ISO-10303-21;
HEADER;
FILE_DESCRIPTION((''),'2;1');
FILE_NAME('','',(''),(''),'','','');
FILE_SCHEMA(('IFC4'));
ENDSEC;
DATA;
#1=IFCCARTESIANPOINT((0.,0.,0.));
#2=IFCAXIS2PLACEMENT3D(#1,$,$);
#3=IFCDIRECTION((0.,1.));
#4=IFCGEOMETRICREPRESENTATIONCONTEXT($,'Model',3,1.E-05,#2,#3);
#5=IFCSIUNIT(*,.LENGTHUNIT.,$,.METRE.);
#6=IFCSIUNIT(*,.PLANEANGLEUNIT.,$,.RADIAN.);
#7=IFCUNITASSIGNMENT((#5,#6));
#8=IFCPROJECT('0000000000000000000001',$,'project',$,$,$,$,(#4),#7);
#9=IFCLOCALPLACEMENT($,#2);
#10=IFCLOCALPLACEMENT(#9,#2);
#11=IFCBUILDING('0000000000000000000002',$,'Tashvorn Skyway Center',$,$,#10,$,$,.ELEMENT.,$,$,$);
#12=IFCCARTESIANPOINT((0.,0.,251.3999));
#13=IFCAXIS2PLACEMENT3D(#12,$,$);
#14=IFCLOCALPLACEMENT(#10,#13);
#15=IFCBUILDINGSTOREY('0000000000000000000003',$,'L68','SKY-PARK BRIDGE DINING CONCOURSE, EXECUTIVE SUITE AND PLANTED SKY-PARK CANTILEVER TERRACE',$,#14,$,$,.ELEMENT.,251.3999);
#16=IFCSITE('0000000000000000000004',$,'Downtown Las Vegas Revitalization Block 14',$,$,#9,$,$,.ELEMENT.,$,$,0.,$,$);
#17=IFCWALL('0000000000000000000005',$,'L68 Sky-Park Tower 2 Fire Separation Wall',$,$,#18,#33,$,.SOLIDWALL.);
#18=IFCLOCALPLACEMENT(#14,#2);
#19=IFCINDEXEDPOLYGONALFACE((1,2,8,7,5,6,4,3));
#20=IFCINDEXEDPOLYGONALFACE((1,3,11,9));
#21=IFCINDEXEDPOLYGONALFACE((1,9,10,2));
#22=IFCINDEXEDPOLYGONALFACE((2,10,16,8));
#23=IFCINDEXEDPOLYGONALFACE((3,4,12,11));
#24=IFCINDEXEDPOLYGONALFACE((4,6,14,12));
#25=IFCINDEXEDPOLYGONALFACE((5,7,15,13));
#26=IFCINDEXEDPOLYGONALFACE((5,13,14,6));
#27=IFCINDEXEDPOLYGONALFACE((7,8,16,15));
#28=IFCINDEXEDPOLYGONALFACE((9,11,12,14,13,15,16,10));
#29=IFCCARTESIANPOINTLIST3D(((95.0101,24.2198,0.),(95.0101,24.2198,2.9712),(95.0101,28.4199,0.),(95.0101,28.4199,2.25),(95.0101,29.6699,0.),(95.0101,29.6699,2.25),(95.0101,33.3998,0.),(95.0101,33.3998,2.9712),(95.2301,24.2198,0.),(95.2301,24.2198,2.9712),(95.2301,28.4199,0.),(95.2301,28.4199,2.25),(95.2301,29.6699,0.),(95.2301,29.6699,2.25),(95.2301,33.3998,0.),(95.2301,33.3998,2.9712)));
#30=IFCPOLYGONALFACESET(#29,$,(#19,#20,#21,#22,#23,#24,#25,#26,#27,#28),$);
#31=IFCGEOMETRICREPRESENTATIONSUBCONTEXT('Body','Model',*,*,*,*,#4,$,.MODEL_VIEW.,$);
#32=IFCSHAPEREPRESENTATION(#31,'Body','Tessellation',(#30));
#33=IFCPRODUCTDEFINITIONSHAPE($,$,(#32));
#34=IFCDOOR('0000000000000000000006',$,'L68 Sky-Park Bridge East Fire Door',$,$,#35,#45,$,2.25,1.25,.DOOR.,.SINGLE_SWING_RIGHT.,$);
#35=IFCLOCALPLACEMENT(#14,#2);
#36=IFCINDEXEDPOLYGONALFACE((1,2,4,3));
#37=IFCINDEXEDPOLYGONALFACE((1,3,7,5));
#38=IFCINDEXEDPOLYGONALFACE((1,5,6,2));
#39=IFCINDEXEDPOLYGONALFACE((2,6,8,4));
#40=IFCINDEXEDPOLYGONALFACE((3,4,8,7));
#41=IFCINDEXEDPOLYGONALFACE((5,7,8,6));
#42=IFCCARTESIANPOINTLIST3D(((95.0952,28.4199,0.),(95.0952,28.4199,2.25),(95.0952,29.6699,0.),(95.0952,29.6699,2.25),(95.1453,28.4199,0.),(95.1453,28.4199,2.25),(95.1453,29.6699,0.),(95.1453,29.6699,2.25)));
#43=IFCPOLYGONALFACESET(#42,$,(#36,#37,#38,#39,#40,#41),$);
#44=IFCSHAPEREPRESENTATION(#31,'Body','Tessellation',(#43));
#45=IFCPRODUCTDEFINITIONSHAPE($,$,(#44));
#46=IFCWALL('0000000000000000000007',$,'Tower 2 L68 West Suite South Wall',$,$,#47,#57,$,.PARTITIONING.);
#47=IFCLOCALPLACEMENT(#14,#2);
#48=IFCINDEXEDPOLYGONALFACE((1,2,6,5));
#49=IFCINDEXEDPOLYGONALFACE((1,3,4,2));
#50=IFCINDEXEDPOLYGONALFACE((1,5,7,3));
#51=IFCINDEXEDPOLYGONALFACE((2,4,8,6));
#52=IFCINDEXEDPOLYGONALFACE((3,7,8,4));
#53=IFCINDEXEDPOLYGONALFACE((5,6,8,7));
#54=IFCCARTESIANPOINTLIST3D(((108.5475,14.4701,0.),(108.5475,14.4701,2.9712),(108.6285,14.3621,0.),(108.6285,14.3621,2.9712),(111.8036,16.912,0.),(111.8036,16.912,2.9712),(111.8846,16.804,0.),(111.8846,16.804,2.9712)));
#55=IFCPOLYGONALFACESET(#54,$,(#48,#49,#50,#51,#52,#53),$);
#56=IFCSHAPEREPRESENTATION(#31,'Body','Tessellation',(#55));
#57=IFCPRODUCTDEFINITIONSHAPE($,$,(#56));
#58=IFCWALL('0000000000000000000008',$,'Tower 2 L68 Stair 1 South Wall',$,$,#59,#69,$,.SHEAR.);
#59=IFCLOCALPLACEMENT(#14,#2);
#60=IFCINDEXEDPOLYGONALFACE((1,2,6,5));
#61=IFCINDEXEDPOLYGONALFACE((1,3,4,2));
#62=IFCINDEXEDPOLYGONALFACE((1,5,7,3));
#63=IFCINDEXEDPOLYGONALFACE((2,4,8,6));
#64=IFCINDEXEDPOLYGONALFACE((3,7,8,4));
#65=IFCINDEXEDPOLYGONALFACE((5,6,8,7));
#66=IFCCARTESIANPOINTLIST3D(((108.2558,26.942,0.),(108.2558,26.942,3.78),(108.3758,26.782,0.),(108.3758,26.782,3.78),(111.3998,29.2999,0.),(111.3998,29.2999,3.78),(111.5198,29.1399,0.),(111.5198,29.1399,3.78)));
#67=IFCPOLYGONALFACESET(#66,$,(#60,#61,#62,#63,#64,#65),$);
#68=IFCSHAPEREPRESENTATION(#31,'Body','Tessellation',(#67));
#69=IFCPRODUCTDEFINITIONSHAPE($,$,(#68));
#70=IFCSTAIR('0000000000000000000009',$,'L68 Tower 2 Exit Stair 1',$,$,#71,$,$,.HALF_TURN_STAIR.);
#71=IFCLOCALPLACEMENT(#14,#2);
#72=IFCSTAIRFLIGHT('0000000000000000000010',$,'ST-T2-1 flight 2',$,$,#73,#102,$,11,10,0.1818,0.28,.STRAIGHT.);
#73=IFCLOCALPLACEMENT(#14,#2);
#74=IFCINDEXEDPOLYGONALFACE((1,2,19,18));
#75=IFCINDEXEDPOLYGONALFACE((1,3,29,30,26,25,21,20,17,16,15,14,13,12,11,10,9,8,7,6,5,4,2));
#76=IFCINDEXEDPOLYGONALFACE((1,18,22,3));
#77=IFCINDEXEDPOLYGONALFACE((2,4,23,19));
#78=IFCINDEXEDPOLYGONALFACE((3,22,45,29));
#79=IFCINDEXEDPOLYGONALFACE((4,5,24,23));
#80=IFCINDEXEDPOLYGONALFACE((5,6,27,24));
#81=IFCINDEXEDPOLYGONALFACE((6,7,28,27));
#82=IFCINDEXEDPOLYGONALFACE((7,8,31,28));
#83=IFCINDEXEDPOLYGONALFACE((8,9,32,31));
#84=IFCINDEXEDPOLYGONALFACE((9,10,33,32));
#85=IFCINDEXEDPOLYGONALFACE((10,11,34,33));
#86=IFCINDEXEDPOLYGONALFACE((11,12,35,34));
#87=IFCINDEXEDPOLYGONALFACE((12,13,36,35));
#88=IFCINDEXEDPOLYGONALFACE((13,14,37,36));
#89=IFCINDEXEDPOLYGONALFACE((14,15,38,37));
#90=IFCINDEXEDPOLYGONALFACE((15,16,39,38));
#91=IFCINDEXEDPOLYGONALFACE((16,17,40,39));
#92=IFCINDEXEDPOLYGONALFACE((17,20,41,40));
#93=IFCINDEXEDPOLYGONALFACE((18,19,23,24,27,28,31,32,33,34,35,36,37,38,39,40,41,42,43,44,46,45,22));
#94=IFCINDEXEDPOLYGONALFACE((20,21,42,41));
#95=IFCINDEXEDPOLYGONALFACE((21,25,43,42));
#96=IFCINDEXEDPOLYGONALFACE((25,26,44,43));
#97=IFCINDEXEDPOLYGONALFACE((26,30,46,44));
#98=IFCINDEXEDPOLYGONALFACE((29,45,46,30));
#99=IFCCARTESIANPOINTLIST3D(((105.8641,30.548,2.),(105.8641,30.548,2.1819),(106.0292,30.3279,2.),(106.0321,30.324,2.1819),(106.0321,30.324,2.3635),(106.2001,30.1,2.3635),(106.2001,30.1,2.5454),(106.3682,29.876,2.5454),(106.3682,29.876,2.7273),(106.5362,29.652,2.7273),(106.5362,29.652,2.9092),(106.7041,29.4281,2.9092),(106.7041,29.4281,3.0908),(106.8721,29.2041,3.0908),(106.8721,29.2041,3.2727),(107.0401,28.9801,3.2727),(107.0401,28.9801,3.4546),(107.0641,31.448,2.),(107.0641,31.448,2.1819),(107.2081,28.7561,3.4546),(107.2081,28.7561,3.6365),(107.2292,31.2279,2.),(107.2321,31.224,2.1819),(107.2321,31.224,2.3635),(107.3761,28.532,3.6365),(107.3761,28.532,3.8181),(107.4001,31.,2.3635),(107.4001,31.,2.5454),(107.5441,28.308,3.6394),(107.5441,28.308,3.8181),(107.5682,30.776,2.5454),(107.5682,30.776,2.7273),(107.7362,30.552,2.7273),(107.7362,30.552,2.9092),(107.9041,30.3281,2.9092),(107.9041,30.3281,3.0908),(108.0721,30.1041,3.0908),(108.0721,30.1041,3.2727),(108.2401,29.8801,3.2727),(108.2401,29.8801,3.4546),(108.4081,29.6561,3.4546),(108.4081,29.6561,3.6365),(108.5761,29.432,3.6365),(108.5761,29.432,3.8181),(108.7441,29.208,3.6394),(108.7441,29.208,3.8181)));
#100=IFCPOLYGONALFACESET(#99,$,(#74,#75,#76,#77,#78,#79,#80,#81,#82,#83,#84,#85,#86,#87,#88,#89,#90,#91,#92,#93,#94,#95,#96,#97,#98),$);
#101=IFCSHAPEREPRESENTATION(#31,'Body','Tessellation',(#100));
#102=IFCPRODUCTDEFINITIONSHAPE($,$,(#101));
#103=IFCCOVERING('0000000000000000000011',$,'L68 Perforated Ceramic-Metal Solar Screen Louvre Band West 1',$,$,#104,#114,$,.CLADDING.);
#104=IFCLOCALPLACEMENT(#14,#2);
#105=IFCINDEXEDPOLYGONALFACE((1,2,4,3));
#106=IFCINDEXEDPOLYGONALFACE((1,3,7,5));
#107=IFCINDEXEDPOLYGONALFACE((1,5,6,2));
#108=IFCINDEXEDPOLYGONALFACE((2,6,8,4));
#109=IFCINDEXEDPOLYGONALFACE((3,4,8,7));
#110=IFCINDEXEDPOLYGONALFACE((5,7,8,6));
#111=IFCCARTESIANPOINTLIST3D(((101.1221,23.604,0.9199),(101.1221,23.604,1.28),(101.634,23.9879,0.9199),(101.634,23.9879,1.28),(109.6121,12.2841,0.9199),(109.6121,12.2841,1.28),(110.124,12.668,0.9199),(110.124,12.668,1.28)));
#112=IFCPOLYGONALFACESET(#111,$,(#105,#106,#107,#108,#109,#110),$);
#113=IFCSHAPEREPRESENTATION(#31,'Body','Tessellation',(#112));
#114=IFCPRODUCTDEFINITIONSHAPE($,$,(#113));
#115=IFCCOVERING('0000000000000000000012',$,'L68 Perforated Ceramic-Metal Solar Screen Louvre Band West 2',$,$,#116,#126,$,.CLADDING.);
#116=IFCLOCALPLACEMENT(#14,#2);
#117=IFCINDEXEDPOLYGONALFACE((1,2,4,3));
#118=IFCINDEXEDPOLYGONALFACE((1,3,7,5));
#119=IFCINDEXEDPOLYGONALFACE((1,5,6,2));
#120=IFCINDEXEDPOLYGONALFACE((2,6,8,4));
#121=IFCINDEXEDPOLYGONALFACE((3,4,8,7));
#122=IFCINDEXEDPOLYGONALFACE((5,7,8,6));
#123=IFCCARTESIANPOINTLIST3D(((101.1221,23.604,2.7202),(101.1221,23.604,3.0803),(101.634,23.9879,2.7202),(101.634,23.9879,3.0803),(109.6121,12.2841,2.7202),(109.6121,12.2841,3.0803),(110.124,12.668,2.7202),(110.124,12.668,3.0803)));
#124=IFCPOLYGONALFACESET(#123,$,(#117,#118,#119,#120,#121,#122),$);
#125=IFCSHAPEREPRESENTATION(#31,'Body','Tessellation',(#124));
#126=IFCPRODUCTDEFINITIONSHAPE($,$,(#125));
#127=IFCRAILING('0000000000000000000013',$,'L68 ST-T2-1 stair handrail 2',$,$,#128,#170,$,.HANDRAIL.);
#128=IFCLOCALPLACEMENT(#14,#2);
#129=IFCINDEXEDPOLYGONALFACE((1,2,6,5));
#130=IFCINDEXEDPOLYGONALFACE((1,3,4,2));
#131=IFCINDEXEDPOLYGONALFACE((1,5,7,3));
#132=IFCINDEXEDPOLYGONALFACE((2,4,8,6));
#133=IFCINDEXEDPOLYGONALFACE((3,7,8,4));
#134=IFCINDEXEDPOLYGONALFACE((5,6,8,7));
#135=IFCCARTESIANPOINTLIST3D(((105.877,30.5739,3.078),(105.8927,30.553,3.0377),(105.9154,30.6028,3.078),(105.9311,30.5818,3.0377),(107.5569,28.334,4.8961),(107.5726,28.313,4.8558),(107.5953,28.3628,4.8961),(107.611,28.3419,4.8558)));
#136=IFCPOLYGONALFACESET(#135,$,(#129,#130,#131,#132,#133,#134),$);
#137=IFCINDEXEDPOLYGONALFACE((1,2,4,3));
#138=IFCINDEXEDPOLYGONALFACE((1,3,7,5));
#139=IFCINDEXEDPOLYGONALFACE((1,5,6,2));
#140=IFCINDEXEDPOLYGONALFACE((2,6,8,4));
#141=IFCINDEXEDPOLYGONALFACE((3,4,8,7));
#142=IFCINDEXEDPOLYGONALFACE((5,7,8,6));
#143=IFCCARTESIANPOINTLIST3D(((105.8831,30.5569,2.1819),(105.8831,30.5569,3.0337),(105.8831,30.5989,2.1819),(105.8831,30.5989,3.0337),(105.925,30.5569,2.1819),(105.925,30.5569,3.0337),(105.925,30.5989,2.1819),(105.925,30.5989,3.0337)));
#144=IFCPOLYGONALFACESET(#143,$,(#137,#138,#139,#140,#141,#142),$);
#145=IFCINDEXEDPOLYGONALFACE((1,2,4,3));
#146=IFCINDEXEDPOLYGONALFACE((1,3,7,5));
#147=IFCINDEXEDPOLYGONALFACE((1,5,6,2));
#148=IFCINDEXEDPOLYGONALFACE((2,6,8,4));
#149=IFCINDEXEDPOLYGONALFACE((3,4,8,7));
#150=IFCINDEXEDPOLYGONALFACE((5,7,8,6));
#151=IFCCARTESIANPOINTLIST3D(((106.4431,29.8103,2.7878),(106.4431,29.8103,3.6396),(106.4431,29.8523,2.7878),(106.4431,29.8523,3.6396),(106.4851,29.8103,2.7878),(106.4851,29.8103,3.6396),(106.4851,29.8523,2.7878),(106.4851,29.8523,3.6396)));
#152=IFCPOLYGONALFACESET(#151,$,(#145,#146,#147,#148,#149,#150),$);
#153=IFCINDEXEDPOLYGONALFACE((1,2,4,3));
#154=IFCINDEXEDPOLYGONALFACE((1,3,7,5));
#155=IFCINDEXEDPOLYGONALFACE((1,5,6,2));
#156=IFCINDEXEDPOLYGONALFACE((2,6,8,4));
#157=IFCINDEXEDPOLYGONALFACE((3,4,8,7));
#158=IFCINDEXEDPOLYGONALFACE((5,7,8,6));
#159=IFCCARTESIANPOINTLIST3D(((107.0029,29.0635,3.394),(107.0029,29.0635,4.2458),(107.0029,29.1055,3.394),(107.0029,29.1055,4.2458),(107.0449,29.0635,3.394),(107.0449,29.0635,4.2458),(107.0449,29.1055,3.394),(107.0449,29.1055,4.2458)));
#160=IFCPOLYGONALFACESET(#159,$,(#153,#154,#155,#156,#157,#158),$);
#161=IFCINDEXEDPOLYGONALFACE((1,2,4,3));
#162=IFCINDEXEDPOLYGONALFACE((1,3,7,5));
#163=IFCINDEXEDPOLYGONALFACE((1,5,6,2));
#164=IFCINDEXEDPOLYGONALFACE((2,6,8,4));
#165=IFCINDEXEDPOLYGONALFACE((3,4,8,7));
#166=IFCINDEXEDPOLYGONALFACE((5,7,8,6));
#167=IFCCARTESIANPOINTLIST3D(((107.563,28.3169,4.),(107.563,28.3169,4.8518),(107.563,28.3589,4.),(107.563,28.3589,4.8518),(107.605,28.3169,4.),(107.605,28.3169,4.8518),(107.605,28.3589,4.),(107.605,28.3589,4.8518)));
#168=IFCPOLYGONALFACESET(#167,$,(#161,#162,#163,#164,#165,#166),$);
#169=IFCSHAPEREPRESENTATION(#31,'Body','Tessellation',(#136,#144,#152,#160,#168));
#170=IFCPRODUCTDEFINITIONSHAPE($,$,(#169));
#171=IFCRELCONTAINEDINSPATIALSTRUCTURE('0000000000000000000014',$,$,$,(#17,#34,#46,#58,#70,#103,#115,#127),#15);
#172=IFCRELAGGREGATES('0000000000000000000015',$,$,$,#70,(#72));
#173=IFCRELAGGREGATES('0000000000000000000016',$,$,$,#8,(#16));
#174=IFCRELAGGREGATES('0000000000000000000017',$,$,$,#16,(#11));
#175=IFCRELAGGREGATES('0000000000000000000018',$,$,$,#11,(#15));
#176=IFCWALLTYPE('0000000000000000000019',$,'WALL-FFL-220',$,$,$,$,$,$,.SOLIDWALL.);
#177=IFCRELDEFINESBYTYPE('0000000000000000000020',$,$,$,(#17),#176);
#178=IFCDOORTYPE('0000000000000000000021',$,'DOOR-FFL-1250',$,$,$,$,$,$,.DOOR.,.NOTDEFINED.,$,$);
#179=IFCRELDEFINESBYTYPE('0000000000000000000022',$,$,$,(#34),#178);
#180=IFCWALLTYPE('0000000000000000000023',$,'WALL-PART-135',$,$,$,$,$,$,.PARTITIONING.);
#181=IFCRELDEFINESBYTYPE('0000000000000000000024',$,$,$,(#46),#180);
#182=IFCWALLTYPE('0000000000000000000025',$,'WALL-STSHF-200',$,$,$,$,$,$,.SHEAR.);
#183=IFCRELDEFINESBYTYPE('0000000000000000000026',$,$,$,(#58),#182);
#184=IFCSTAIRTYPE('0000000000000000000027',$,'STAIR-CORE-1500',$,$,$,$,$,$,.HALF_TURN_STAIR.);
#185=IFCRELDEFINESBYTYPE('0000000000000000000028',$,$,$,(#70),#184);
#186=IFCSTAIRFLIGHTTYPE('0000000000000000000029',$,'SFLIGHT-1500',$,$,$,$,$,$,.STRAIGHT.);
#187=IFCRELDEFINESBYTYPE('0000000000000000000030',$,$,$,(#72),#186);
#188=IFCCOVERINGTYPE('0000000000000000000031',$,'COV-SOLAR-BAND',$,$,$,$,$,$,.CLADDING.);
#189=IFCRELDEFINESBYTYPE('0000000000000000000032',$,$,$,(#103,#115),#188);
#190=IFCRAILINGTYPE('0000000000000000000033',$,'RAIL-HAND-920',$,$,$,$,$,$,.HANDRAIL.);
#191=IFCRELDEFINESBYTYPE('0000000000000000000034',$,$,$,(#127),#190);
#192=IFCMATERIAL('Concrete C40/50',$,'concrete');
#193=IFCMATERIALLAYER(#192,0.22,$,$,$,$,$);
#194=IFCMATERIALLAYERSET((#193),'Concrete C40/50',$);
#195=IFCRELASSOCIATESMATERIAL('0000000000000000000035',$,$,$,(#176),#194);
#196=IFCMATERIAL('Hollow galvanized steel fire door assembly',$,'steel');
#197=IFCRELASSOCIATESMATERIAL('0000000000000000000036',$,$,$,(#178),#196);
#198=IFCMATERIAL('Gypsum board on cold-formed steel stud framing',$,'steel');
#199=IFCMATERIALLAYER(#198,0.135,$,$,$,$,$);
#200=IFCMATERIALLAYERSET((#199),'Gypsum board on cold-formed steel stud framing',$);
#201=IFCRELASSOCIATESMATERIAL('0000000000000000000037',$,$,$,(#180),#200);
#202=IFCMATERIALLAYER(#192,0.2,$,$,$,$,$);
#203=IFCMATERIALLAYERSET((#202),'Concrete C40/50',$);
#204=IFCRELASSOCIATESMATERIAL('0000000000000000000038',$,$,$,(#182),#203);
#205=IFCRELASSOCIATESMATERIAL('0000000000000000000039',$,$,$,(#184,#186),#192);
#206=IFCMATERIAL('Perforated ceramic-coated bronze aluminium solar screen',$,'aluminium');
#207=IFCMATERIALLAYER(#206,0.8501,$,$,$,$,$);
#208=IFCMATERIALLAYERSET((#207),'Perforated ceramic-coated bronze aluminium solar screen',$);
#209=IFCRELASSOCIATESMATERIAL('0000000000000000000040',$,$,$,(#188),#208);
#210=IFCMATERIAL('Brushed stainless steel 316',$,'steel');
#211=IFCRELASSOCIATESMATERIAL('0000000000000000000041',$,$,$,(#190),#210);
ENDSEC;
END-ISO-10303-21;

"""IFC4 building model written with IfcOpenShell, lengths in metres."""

from ifc_helpers import new_model, si_unit, direction, frame, frame_2d, origin, origin_2d, place, context, subcontext, project, spatial, polyline, rectangle, outline, extrude, material, layer, layer_set, type_object, element, fill, aggregate, save


model = new_model("IFC4")

# Units and contexts
model_context = context("Model", 3, precision=1e-05, world=origin(), true_north=direction((0.0, 1.0)))
body_context = subcontext(model_context, "Body", "Model", "MODEL_VIEW")
ifc_project = project(units=[si_unit("LENGTHUNIT", "METRE"), si_unit("PLANEANGLEUNIT", "RADIAN")], contexts=[model_context])

# Site, building, storey
site_placement = place(None, origin())
site = spatial("IfcSite", under=ifc_project, at=site_placement, Name="Downtown Las Vegas Revitalization Block 14", CompositionType="ELEMENT", RefElevation=0.0)
building_placement = place(site_placement, origin())
building = spatial("IfcBuilding", under=site, at=building_placement, Name="Tashvorn Skyway Center", CompositionType="ELEMENT")
storey_placement = place(building_placement, frame((0.0, 0.0, 251.3999)))
storey = spatial("IfcBuildingStorey", under=building, at=storey_placement, Name="L68", Description="SKY-PARK BRIDGE DINING CONCOURSE, EXECUTIVE SUITE AND PLANTED SKY-PARK CANTILEVER TERRACE", CompositionType="ELEMENT", Elevation=251.3999)

# Wall, opening, door
ifc_material_1 = material(Name="Concrete C40/50", Category="concrete")
ifc_layer_1 = layer(ifc_material_1, 0.22)
ifc_layer_set_1 = layer_set([ifc_layer_1], Name="Concrete C40/50")
wall_type_1 = type_object("IfcWallType", Name="WALL-FFL-220", PredefinedType="SOLIDWALL", material=ifc_layer_set_1)
wall_1_placement = place(storey_placement, frame((95.1201, 24.22, 0.0), z_axis=(0.0, 0.0, 1.0), x_axis=(0.0, 1.0, 0.0)))
wall_1 = element("IfcWall", 1, at=wall_1_placement, inside=storey, type_object=wall_type_1, Name="L68 Sky-Park Tower 2 Fire Separation Wall", PredefinedType="SOLIDWALL", context=body_context, shape_type="SweptSolid", body=[
    extrude(rectangle(XDim=9.1799, YDim=0.22, at=frame_2d((4.5898, 0.0))), origin(), (0.0, 0.0, 1.0), 2.9712),
])
opening_placement = place(wall_1_placement, frame((4.2, 0.0, 0.0)))
opening = element("IfcOpeningElement", 2, at=opening_placement, cuts=wall_1, PredefinedType="OPENING", context=body_context, shape_type="SweptSolid", body=[
    extrude(rectangle(XDim=1.25, YDim=2.25, at=frame_2d((0.625, 1.125))), frame((0.0, 0.1199, 0.0), z_axis=(0.0, -1.0, 0.0), x_axis=(1.0, 0.0, 0.0)), (0.0, 0.0, 1.0), 0.24),
])
ifc_material_2 = material(Name="Hollow galvanized steel fire door assembly", Category="steel")
door_type = type_object("IfcDoorType", Name="DOOR-FFL-1250", OperationType="NOTDEFINED", PredefinedType="DOOR", material=ifc_material_2)
door_placement = place(opening_placement, origin())
door = element("IfcDoor", 3, at=door_placement, inside=storey, type_object=door_type, Name="L68 Sky-Park Bridge East Fire Door", OperationType="SINGLE_SWING_RIGHT", OverallHeight=2.25, OverallWidth=1.25, PredefinedType="DOOR", context=body_context, shape_type="SweptSolid", body=[
    extrude(rectangle(XDim=1.25, YDim=2.25, at=frame_2d((0.625, 1.125))), frame((0.0, 0.0249, 0.0), z_axis=(0.0, -1.0, 0.0), x_axis=(1.0, 0.0, 0.0)), (0.0, 0.0, 1.0), 0.05),
])
fill(opening, door)

# Walls
ifc_material_3 = material(Name="Gypsum board on cold-formed steel stud framing", Category="steel")
ifc_layer_2 = layer(ifc_material_3, 0.135)
ifc_layer_set_2 = layer_set([ifc_layer_2], Name="Gypsum board on cold-formed steel stud framing")
wall_type_2 = type_object("IfcWallType", Name="WALL-PART-135", PredefinedType="PARTITIONING", material=ifc_layer_set_2)
wall_2_placement = place(storey_placement, frame((108.5879, 14.416, 0.0), z_axis=(0.0, 0.0, 1.0), x_axis=(0.800022, 0.599971, 0.0)))
element("IfcWall", 4, at=wall_2_placement, inside=storey, type_object=wall_type_2, Name="Tower 2 L68 West Suite South Wall", PredefinedType="PARTITIONING", context=body_context, shape_type="SweptSolid", body=[
    extrude(rectangle(XDim=4.0701, YDim=0.135, at=frame_2d((2.0352, 0.0))), origin(), (0.0, 0.0, 1.0), 2.9712),
])
ifc_layer_3 = layer(ifc_material_1, 0.2)
ifc_layer_set_3 = layer_set([ifc_layer_3], Name="Concrete C40/50")
wall_type_3 = type_object("IfcWallType", Name="WALL-STSHF-200", PredefinedType="SHEAR", material=ifc_layer_set_3)
wall_3_placement = place(storey_placement, frame((108.3159, 26.8621, 0.0), z_axis=(0.0, 0.0, 1.0), x_axis=(0.800015, 0.59998, 0.0)))
element("IfcWall", 5, at=wall_3_placement, inside=storey, type_object=wall_type_3, Name="Tower 2 L68 Stair 1 South Wall", PredefinedType="SHEAR", context=body_context, shape_type="SweptSolid", body=[
    extrude(rectangle(XDim=3.9299, YDim=0.2, at=frame_2d((1.9648, 0.0))), origin(), (0.0, 0.0, 1.0), 3.78),
])

# Stair, stair flight
stair_type = type_object("IfcStairType", Name="STAIR-CORE-1500", PredefinedType="HALF_TURN_STAIR", material=ifc_material_1)
stair_placement = place(storey_placement, origin())
stair = element("IfcStair", 6, at=stair_placement, inside=storey, type_object=stair_type, Name="L68 Tower 2 Exit Stair 1", PredefinedType="HALF_TURN_STAIR")
stair_flight_type = type_object("IfcStairFlightType", Name="SFLIGHT-1500", PredefinedType="STRAIGHT", material=ifc_material_1)
stair_flight_placement = place(storey_placement, frame((106.4641, 30.998, 2.0), z_axis=(0.0, 0.0, 1.0), x_axis=(0.6, -0.8, 0.0)))
stair_flight = element("IfcStairFlight", 7, at=stair_flight_placement, type_object=stair_flight_type, Name="ST-T2-1 flight 2", NumberOfRisers=11, NumberOfTreads=10, PredefinedType="STRAIGHT", RiserHeight=0.1818, TreadLength=0.28, context=body_context, shape_type="SweptSolid", body=[
    extrude(outline(polyline([(0.0, 0.0), (0.0, 0.1819), (0.28, 0.1819), (0.28, 0.3635), (0.5601, 0.3635), (0.5601, 0.5454), (0.8401, 0.5454), (0.8401, 0.7273), (1.1201, 0.7273), (1.1201, 0.9092), (1.3999, 0.9092), (1.3999, 1.0908), (1.6799, 1.0908), (1.6799, 1.2727), (1.96, 1.2727), (1.96, 1.4546), (2.24, 1.4546), (2.24, 1.6365), (2.52, 1.6365), (2.52, 1.8181), (2.8, 1.8181), (2.8, 2.0), (2.8, 1.6394), (0.2751, 0.0), (0.0, 0.0)])), frame((0.0, 0.75, 0.0), z_axis=(0.0, -1.0, 0.0), x_axis=(1.0, 0.0, 0.0)), (0.0, 0.0, 1.0), 1.5),
])
aggregate(stair, [stair_flight])

# Coverings
ifc_material_4 = material(Name="Perforated ceramic-coated bronze aluminium solar screen", Category="aluminium")
ifc_layer_4 = layer(ifc_material_4, 0.8501)
ifc_layer_set_4 = layer_set([ifc_layer_4], Name="Perforated ceramic-coated bronze aluminium solar screen")
covering_type = type_object("IfcCoveringType", Name="COV-SOLAR-BAND", PredefinedType="CLADDING", material=ifc_layer_set_4)
for number, where, z_axis, x_axis, name in (
    (8, (105.623, 18.136, 0.9199), (0.0, 0.0, 1.0), (-0.6, 0.8, 0.0), "L68 Perforated Ceramic-Metal Solar Screen Louvre Band West 1"),
    (9, (105.623, 18.136, 2.7202), (0.0, 0.0, 1.0), (-0.6, 0.8, 0.0), "L68 Perforated Ceramic-Metal Solar Screen Louvre Band West 2"),
):
    element("IfcCovering", number, at=place(storey_placement, frame(where, z_axis=z_axis, x_axis=x_axis)), inside=storey, type_object=covering_type, Name=name, PredefinedType="CLADDING", context=body_context, shape_type="SweptSolid", body=[
        extrude(rectangle(XDim=14.1499, YDim=0.6399, at=origin_2d()), origin(), (0.0, 0.0, 1.0), 0.3601),
    ])

# Railing
ifc_material_5 = material(Name="Brushed stainless steel 316", Category="steel")
railing_type_1 = type_object("IfcRailingType", Name="RAIL-HAND-920", PredefinedType="HANDRAIL", material=ifc_material_5)
railing_1_placement = place(storey_placement, frame((105.9041, 30.5779, 2.1819)))
element("IfcRailing", 10, at=railing_1_placement, inside=storey, type_object=railing_type_1, Name="L68 ST-T2-1 stair handrail 2", PredefinedType="HANDRAIL", context=body_context, shape_type="SweptSolid", body=[
    extrude(rectangle(XDim=0.0481, YDim=0.0481, at=origin_2d()), frame((0.0, 0.0, 0.876), z_axis=(0.503207, -0.670966, 0.544598), x_axis=(0.80001, 0.599986, 0.0)), (0.0, 0.0, 1.0), 3.3384),
    extrude(rectangle(XDim=0.042, YDim=0.042, at=origin_2d()), origin(), (0.0, 0.0, 1.0), 0.8518),
    extrude(rectangle(XDim=0.042, YDim=0.042, at=origin_2d()), frame((0.5601, -0.7466, 0.606)), (0.0, 0.0, 1.0), 0.8518),
    extrude(rectangle(XDim=0.042, YDim=0.042, at=origin_2d()), frame((1.1199, -1.4934, 1.2122)), (0.0, 0.0, 1.0), 0.8518),
    extrude(rectangle(XDim=0.042, YDim=0.042, at=origin_2d()), frame((1.6799, -2.24, 1.8181)), (0.0, 0.0, 1.0), 0.8518),
])

save(model, "model.ifc")
